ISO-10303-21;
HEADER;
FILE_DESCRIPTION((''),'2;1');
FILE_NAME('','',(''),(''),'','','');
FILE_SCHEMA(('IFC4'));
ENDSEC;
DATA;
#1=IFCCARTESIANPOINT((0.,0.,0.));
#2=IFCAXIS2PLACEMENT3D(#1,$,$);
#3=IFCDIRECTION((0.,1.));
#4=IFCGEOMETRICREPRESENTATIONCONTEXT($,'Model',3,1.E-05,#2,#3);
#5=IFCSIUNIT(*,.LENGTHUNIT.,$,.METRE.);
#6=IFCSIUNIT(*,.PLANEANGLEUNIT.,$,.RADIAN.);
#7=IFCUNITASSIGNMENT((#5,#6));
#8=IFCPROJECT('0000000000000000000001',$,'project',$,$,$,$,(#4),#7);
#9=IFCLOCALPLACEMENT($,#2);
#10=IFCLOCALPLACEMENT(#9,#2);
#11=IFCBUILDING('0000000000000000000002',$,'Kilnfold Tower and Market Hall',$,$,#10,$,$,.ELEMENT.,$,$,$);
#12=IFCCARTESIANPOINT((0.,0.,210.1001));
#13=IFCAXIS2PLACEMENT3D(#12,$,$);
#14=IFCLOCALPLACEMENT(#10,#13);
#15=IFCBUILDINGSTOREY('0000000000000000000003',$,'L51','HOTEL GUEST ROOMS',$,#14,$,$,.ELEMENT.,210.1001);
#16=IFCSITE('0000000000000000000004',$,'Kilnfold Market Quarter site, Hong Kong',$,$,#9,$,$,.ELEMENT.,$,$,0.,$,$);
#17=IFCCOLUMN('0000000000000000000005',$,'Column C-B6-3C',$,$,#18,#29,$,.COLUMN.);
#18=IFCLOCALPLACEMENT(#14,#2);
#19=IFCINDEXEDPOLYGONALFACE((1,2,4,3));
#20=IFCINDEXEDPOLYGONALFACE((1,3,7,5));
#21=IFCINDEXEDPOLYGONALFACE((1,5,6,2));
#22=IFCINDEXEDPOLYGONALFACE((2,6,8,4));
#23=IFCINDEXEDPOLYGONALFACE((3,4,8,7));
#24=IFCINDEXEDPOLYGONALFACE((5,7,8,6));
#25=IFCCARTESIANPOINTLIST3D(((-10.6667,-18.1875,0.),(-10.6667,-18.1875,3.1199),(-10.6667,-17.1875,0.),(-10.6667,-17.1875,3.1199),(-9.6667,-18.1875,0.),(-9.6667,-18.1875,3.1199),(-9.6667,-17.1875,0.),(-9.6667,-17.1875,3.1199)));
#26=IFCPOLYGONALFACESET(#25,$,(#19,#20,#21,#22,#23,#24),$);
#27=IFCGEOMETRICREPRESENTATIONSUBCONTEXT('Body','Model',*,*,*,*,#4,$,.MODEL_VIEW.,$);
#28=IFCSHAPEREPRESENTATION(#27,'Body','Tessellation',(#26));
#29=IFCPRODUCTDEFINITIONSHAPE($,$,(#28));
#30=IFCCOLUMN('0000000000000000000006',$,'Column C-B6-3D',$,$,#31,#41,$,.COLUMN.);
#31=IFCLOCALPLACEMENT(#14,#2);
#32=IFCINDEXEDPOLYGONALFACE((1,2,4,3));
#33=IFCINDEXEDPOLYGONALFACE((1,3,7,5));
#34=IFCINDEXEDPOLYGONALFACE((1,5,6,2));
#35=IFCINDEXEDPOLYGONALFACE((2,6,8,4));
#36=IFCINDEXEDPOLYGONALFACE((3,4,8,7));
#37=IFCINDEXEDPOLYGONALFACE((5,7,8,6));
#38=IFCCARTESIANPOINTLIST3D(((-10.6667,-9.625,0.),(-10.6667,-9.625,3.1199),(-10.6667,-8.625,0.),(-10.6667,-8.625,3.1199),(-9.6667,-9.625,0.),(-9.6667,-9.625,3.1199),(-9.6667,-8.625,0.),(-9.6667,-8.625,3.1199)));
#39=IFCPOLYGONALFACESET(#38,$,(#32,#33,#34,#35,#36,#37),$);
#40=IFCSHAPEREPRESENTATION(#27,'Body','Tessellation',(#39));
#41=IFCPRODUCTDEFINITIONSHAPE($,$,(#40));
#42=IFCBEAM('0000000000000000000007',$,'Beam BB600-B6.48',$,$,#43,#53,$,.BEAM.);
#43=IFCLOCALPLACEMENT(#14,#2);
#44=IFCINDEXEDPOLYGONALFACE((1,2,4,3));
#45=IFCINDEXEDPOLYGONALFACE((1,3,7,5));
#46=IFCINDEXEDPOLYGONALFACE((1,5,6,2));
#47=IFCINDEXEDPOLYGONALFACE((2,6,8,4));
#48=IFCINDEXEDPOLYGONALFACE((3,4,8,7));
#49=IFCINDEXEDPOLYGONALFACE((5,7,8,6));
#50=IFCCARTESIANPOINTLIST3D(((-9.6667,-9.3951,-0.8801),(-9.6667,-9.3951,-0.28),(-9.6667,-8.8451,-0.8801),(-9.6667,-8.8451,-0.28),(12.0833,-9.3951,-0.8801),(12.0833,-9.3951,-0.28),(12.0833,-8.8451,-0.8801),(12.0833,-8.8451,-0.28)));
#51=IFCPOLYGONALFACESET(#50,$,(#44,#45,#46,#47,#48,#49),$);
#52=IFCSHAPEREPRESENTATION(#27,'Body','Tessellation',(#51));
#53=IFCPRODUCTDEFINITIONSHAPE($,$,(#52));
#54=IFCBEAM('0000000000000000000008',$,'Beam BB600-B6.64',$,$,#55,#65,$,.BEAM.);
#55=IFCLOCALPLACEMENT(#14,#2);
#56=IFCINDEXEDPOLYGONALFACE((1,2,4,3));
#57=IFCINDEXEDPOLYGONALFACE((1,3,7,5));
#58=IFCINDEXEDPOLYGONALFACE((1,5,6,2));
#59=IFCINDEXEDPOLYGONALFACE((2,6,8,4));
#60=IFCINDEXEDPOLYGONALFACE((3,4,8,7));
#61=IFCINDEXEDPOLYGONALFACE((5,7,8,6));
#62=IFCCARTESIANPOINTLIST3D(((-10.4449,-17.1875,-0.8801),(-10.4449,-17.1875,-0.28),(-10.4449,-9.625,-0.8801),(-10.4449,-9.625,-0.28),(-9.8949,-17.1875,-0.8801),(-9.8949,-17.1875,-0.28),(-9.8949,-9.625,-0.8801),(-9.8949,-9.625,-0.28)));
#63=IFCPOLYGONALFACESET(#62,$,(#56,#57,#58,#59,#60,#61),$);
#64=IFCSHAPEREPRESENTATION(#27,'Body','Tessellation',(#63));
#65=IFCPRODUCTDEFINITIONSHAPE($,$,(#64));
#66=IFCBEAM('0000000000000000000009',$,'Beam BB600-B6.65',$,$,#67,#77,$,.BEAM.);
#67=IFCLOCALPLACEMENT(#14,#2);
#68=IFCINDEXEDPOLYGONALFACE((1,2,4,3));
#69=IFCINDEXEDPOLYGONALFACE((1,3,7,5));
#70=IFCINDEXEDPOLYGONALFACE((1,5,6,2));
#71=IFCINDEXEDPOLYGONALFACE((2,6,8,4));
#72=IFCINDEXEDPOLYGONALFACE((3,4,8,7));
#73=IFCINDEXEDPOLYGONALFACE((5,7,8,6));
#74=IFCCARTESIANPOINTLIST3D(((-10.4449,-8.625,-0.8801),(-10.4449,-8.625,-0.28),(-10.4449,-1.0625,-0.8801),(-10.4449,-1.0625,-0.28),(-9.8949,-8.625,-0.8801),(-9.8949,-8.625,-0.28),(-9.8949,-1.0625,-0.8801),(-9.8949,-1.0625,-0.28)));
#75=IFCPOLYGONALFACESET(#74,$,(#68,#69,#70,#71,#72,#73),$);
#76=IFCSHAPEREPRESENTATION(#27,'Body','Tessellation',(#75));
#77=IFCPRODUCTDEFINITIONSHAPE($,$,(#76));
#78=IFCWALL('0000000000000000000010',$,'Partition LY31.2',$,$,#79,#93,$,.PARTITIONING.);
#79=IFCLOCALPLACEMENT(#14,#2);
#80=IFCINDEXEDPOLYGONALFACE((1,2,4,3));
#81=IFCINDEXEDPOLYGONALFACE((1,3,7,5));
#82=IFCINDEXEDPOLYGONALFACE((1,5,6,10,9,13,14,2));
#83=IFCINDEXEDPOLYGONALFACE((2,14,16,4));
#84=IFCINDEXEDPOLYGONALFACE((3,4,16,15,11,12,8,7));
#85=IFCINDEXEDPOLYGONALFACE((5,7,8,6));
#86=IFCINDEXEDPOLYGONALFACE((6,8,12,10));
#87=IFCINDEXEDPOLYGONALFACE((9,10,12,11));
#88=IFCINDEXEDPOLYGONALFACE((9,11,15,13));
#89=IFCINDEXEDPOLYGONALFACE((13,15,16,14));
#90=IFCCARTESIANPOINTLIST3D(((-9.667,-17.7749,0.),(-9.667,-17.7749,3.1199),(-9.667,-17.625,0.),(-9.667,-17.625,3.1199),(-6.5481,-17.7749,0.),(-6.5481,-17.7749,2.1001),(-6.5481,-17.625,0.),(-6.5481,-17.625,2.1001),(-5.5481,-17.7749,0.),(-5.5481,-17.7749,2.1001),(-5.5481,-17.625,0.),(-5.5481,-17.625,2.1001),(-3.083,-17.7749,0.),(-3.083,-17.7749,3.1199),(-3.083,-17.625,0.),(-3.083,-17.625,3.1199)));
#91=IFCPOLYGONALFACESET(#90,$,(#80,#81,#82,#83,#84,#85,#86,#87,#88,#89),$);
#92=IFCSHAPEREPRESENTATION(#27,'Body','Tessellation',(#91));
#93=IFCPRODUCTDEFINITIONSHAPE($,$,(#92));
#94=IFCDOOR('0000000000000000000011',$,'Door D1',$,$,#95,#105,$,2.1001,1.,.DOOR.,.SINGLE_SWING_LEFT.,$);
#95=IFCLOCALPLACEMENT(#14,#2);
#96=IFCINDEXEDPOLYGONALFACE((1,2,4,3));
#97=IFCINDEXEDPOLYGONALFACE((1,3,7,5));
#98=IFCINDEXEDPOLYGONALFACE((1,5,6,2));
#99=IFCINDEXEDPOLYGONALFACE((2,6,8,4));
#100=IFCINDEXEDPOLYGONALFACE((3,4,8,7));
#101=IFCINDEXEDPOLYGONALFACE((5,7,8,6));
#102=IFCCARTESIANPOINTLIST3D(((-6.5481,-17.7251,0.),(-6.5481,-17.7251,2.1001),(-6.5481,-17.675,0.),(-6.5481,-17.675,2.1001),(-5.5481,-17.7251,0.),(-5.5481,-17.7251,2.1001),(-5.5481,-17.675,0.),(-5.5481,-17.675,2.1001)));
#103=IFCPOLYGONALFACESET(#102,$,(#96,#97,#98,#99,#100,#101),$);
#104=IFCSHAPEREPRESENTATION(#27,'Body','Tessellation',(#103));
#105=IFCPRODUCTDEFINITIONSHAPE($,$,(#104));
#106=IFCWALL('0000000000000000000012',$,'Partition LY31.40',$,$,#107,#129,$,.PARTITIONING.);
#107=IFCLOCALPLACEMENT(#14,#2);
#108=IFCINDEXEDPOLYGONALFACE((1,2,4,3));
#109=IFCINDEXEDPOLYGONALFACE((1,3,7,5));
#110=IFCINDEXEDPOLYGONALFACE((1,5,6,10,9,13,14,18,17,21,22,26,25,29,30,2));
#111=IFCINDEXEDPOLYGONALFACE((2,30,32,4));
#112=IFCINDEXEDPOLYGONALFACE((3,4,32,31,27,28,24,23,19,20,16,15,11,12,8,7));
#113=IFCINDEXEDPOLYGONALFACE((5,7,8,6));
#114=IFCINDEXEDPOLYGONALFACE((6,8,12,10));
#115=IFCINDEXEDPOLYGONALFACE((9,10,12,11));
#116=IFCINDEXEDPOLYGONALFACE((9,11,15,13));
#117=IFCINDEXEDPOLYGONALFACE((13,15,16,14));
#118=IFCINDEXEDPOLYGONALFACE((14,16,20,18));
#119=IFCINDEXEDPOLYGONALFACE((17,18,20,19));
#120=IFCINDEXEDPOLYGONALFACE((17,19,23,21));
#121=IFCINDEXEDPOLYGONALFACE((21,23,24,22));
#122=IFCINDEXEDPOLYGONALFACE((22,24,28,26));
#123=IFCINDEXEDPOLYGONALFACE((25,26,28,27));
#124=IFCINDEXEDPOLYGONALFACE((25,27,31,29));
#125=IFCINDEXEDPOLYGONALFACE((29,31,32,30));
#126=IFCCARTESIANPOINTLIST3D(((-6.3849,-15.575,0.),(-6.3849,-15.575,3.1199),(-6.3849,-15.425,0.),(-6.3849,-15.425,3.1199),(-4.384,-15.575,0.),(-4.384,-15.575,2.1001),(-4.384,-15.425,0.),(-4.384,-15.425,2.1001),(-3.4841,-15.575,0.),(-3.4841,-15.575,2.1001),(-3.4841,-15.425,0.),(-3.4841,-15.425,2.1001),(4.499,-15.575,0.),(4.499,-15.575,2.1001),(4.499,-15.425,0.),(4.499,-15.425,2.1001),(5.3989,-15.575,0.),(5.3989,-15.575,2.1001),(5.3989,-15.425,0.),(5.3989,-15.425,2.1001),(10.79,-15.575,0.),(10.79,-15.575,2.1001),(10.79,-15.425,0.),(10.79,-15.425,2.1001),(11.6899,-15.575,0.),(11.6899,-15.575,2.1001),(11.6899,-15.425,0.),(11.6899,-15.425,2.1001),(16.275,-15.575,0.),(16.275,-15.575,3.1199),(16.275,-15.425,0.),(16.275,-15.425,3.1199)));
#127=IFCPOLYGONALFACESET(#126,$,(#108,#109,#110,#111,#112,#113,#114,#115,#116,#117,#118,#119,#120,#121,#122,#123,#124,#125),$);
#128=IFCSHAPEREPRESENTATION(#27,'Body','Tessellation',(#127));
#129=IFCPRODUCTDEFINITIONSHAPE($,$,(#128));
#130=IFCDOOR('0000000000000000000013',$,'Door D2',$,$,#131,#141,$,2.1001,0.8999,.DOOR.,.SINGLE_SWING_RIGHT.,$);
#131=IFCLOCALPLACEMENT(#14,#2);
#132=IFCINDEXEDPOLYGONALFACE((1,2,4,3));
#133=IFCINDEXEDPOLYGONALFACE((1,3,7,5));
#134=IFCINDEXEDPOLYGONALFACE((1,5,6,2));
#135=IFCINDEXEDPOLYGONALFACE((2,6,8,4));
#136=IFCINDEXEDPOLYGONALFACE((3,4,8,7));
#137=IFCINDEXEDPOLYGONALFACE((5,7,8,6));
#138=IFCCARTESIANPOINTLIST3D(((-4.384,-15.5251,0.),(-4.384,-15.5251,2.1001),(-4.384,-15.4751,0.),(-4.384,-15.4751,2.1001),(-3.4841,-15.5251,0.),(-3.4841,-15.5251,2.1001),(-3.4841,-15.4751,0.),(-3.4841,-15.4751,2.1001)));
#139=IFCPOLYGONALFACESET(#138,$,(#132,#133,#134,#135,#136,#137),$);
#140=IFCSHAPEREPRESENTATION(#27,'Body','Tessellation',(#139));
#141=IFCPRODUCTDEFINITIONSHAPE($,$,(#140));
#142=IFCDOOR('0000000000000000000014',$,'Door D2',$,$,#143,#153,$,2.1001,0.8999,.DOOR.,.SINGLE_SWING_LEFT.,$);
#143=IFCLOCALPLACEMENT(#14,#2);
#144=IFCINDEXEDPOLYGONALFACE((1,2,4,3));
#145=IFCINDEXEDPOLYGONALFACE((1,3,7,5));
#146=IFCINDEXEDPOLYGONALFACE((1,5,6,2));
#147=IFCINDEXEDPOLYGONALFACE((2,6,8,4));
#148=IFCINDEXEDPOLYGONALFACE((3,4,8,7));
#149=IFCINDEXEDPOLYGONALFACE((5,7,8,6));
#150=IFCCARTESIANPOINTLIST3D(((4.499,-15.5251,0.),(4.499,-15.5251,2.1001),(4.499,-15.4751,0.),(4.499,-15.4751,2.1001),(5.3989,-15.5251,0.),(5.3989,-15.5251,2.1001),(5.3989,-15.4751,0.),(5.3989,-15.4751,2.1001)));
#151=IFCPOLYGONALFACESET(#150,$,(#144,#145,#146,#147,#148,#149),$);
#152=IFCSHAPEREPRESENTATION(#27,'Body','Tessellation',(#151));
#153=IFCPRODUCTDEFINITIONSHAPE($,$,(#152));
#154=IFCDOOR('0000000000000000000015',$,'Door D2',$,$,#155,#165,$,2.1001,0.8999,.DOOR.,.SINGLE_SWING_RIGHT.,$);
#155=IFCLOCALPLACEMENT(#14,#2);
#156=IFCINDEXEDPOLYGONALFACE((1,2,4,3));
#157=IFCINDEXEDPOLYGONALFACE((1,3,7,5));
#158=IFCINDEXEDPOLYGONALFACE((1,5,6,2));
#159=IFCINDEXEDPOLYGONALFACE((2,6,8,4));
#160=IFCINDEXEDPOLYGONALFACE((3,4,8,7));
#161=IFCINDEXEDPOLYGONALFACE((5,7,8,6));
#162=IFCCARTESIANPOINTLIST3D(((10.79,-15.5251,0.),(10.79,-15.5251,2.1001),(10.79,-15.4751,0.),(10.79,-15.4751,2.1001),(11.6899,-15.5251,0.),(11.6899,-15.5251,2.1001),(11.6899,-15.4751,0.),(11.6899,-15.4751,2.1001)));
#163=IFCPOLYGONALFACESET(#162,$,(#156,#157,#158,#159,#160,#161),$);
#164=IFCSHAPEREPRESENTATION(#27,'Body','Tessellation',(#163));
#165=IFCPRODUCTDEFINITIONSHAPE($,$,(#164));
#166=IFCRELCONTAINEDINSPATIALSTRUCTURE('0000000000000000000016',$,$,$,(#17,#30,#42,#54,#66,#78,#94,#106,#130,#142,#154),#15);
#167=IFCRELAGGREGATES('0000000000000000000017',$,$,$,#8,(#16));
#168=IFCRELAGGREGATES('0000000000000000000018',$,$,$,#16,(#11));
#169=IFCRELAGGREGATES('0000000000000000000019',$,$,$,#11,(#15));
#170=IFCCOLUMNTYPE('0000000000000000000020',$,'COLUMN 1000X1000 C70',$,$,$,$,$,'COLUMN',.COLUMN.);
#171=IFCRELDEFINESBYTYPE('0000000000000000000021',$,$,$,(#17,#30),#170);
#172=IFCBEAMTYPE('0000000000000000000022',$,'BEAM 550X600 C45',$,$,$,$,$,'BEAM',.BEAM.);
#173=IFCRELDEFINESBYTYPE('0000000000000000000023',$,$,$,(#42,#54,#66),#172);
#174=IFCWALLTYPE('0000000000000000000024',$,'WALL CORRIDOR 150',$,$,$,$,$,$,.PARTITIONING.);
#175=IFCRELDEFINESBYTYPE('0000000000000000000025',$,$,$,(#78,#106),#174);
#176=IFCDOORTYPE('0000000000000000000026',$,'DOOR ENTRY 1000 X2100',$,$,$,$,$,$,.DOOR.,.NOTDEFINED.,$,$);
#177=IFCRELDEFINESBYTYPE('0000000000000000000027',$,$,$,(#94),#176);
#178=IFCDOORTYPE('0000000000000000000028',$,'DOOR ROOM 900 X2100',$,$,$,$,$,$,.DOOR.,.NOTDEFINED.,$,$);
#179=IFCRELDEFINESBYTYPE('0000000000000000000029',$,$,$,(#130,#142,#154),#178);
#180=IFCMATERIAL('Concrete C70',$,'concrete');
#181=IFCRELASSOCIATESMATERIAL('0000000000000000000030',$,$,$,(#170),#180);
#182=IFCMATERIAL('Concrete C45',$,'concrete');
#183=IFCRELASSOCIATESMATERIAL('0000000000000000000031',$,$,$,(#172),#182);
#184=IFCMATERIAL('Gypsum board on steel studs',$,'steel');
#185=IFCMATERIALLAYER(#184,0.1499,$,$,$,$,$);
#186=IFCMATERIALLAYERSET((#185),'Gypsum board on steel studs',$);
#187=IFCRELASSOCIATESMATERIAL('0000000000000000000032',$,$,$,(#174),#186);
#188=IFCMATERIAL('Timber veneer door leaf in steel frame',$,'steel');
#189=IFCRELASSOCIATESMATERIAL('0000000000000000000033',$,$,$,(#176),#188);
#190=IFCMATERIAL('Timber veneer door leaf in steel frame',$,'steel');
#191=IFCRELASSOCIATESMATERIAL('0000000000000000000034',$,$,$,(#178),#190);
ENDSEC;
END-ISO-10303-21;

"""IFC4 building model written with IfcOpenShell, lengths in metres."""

from ifc_helpers import new_model, si_unit, direction, frame, frame_2d, origin, origin_2d, place, context, subcontext, project, spatial, rectangle, extrude, source, transform, mapped, material, layer, layer_set, material_profile, profile_set, type_object, element, fill, save


model = new_model("IFC4")

# Units and contexts
model_context = context("Model", 3, precision=1e-05, world=origin(), true_north=direction((0.0, 1.0)))
body_context = subcontext(model_context, "Body", "Model", "MODEL_VIEW")
ifc_project = project(units=[si_unit("LENGTHUNIT", "METRE"), si_unit("PLANEANGLEUNIT", "RADIAN")], contexts=[model_context])

# Site, building, storey
site_placement = place(None, origin())
site = spatial("IfcSite", under=ifc_project, at=site_placement, Name="Kilnfold Market Quarter site, Hong Kong", CompositionType="ELEMENT", RefElevation=0.0)
building_placement = place(site_placement, origin())
building = spatial("IfcBuilding", under=site, at=building_placement, Name="Kilnfold Tower and Market Hall", CompositionType="ELEMENT")
storey_placement = place(building_placement, frame((0.0, 0.0, 210.1001)))
storey = spatial("IfcBuildingStorey", under=building, at=storey_placement, Name="L51", Description="HOTEL GUEST ROOMS", CompositionType="ELEMENT", Elevation=210.1001)

# Columns
ifc_material_1 = material(Name="Concrete C70", Category="concrete")
ifc_material_profile_1 = material_profile(ifc_material_1, rectangle(XDim=1.0, YDim=1.0, at=origin_2d()), Name="RC 1000x1000")
ifc_profile_set_1 = profile_set([ifc_material_profile_1], Name="Concrete C70")
column_type = type_object("IfcColumnType", Name="COLUMN 1000X1000 C70", ElementType="COLUMN", PredefinedType="COLUMN", material=ifc_profile_set_1)
shared_shape_1 = source(origin(), body_context, "Body", "SweptSolid", [
    extrude(rectangle(XDim=1.0, YDim=1.0, at=origin_2d()), origin(), (0.0, 0.0, 1.0), 3.1199),
])
for number, where, z_axis, x_axis, name in (
    (1, (-10.1667, -17.6875, 0.0), (0.0, 0.0, 1.0), (1.0, 0.0, 0.0), "Column C-B6-3C"),
    (2, (-10.1667, -9.125, 0.0), (0.0, 0.0, 1.0), (1.0, 0.0, 0.0), "Column C-B6-3D"),
):
    element("IfcColumn", number, at=place(storey_placement, frame(where, z_axis=z_axis, x_axis=x_axis)), inside=storey, type_object=column_type, Name=name, PredefinedType="COLUMN", context=body_context, shape_type="MappedRepresentation", body=[
        mapped(shared_shape_1, transform((0.0, 0.0, 0.0))),
    ])

# Beams
ifc_material_2 = material(Name="Concrete C45", Category="concrete")
ifc_material_profile_2 = material_profile(ifc_material_2, rectangle(XDim=0.55, YDim=0.6001, at=origin_2d()), Name="RC 550x600")
ifc_profile_set_2 = profile_set([ifc_material_profile_2], Name="Concrete C45")
beam_type = type_object("IfcBeamType", Name="BEAM 550X600 C45", ElementType="BEAM", PredefinedType="BEAM", material=ifc_profile_set_2)
shared_shape_2 = source(origin(), body_context, "Body", "SweptSolid", [
    extrude(rectangle(XDim=0.55, YDim=0.6001, at=origin_2d()), origin(), (0.0, 0.0, 1.0), 21.75),
])
beam_placement = place(storey_placement, frame((-9.6667, -9.1201, -0.5801), z_axis=(1.0, 0.0, 0.0), x_axis=(0.0, 1.0, 0.0)))
element("IfcBeam", 3, at=beam_placement, inside=storey, type_object=beam_type, Name="Beam BB600-B6.48", PredefinedType="BEAM", context=body_context, shape_type="MappedRepresentation", body=[
    mapped(shared_shape_2, transform((0.0, 0.0, 0.0))),
])
shared_shape_3 = source(origin(), body_context, "Body", "SweptSolid", [
    extrude(rectangle(XDim=0.55, YDim=0.6001, at=origin_2d()), origin(), (0.0, 0.0, 1.0), 7.5625),
])
for number, where, z_axis, x_axis, name in (
    (4, (-10.1699, -17.1875, -0.5801), (0.0, 1.0, 0.0), (-1.0, 0.0, 0.0), "Beam BB600-B6.64"),
    (5, (-10.1699, -8.625, -0.5801), (0.0, 1.0, 0.0), (-1.0, 0.0, 0.0), "Beam BB600-B6.65"),
):
    element("IfcBeam", number, at=place(storey_placement, frame(where, z_axis=z_axis, x_axis=x_axis)), inside=storey, type_object=beam_type, Name=name, PredefinedType="BEAM", context=body_context, shape_type="MappedRepresentation", body=[
        mapped(shared_shape_3, transform((0.0, 0.0, 0.0))),
    ])

# Wall, opening, door
ifc_material_3 = material(Name="Gypsum board on steel studs", Category="steel")
ifc_layer_1 = layer(ifc_material_3, 0.1499)
ifc_layer_set_1 = layer_set([ifc_layer_1], Name="Gypsum board on steel studs")
wall_type_1 = type_object("IfcWallType", Name="WALL CORRIDOR 150", PredefinedType="PARTITIONING", material=ifc_layer_set_1)
wall_1_placement = place(storey_placement, frame((-9.667, -17.7, 0.0), z_axis=(0.0, 0.0, 1.0), x_axis=(1.0, 0.0, 0.0)))
wall_1 = element("IfcWall", 6, at=wall_1_placement, inside=storey, type_object=wall_type_1, Name="Partition LY31.2", PredefinedType="PARTITIONING", context=body_context, shape_type="SweptSolid", body=[
    extrude(rectangle(XDim=6.584, YDim=0.1499, at=frame_2d((3.292, 0.0))), origin(), (0.0, 0.0, 1.0), 3.1199),
])
opening_1_placement = place(wall_1_placement, frame((3.1189, 0.0, 0.0)))
opening_1 = element("IfcOpeningElement", 7, at=opening_1_placement, cuts=wall_1, PredefinedType="OPENING", context=body_context, shape_type="SweptSolid", body=[
    extrude(rectangle(XDim=1.0, YDim=2.1001, at=frame_2d((0.5, 1.05))), frame((0.0, 0.085, 0.0), z_axis=(0.0, -1.0, 0.0), x_axis=(1.0, 0.0, 0.0)), (0.0, 0.0, 1.0), 0.1699),
])
ifc_material_4 = material(Name="Timber veneer door leaf in steel frame", Category="steel")
door_type_1 = type_object("IfcDoorType", Name="DOOR ENTRY 1000 X2100", OperationType="NOTDEFINED", PredefinedType="DOOR", material=ifc_material_4)
door_1_placement = place(opening_1_placement, origin())
door_1 = element("IfcDoor", 8, at=door_1_placement, inside=storey, type_object=door_type_1, Name="Door D1", OperationType="SINGLE_SWING_LEFT", OverallHeight=2.1001, OverallWidth=1.0, PredefinedType="DOOR", context=body_context, shape_type="SweptSolid", body=[
    extrude(rectangle(XDim=1.0, YDim=2.1001, at=frame_2d((0.5, 1.05))), frame((0.0, 0.0249, 0.0), z_axis=(0.0, -1.0, 0.0), x_axis=(1.0, 0.0, 0.0)), (0.0, 0.0, 1.0), 0.05),
])
fill(opening_1, door_1)

# Wall, openings, doors
wall_2_placement = place(storey_placement, frame((-6.385, -15.5, 0.0), z_axis=(0.0, 0.0, 1.0), x_axis=(1.0, 0.0, 0.0)))
wall_2 = element("IfcWall", 9, at=wall_2_placement, inside=storey, type_object=wall_type_1, Name="Partition LY31.40", PredefinedType="PARTITIONING", context=body_context, shape_type="SweptSolid", body=[
    extrude(rectangle(XDim=22.6599, YDim=0.1499, at=frame_2d((11.3301, 0.0))), origin(), (0.0, 0.0, 1.0), 3.1199),
])
opening_2_placement = place(wall_2_placement, frame((2.001, 0.0, 0.0)))
opening_2 = element("IfcOpeningElement", 10, at=opening_2_placement, cuts=wall_2, PredefinedType="OPENING", context=body_context, shape_type="SweptSolid", body=[
    extrude(rectangle(XDim=0.8999, YDim=2.1001, at=frame_2d((0.45, 1.05))), frame((0.0, 0.085, 0.0), z_axis=(0.0, -1.0, 0.0), x_axis=(1.0, 0.0, 0.0)), (0.0, 0.0, 1.0), 0.1699),
])
opening_3_placement = place(wall_2_placement, frame((10.884, 0.0, 0.0)))
opening_3 = element("IfcOpeningElement", 11, at=opening_3_placement, cuts=wall_2, PredefinedType="OPENING", context=body_context, shape_type="SweptSolid", body=[
    extrude(rectangle(XDim=0.8999, YDim=2.1001, at=frame_2d((0.45, 1.05))), frame((0.0, 0.085, 0.0), z_axis=(0.0, -1.0, 0.0), x_axis=(1.0, 0.0, 0.0)), (0.0, 0.0, 1.0), 0.1699),
])
opening_4_placement = place(wall_2_placement, frame((17.175, 0.0, 0.0)))
opening_4 = element("IfcOpeningElement", 12, at=opening_4_placement, cuts=wall_2, PredefinedType="OPENING", context=body_context, shape_type="SweptSolid", body=[
    extrude(rectangle(XDim=0.8999, YDim=2.1001, at=frame_2d((0.45, 1.05))), frame((0.0, 0.085, 0.0), z_axis=(0.0, -1.0, 0.0), x_axis=(1.0, 0.0, 0.0)), (0.0, 0.0, 1.0), 0.1699),
])
ifc_material_5 = material(Name="Timber veneer door leaf in steel frame", Category="steel")
door_type_2 = type_object("IfcDoorType", Name="DOOR ROOM 900 X2100", OperationType="NOTDEFINED", PredefinedType="DOOR", material=ifc_material_5)
door_2_placement = place(opening_2_placement, origin())
door_2 = element("IfcDoor", 13, at=door_2_placement, inside=storey, type_object=door_type_2, Name="Door D2", OperationType="SINGLE_SWING_RIGHT", OverallHeight=2.1001, OverallWidth=0.8999, PredefinedType="DOOR", context=body_context, shape_type="SweptSolid", body=[
    extrude(rectangle(XDim=0.8999, YDim=2.1001, at=frame_2d((0.45, 1.05))), frame((0.0, 0.0249, 0.0), z_axis=(0.0, -1.0, 0.0), x_axis=(1.0, 0.0, 0.0)), (0.0, 0.0, 1.0), 0.05),
])
fill(opening_2, door_2)
door_3_placement = place(opening_3_placement, origin())
door_3 = element("IfcDoor", 14, at=door_3_placement, inside=storey, type_object=door_type_2, Name="Door D2", OperationType="SINGLE_SWING_LEFT", OverallHeight=2.1001, OverallWidth=0.8999, PredefinedType="DOOR", context=body_context, shape_type="SweptSolid", body=[
    extrude(rectangle(XDim=0.8999, YDim=2.1001, at=frame_2d((0.45, 1.05))), frame((0.0, 0.0249, 0.0), z_axis=(0.0, -1.0, 0.0), x_axis=(1.0, 0.0, 0.0)), (0.0, 0.0, 1.0), 0.05),
])
fill(opening_3, door_3)
door_4_placement = place(opening_4_placement, origin())
door_4 = element("IfcDoor", 15, at=door_4_placement, inside=storey, type_object=door_type_2, Name="Door D2", OperationType="SINGLE_SWING_RIGHT", OverallHeight=2.1001, OverallWidth=0.8999, PredefinedType="DOOR", context=body_context, shape_type="SweptSolid", body=[
    extrude(rectangle(XDim=0.8999, YDim=2.1001, at=frame_2d((0.45, 1.05))), frame((0.0, 0.0249, 0.0), z_axis=(0.0, -1.0, 0.0), x_axis=(1.0, 0.0, 0.0)), (0.0, 0.0, 1.0), 0.05),
])
fill(opening_4, door_4)

save(model, "model.ifc")
